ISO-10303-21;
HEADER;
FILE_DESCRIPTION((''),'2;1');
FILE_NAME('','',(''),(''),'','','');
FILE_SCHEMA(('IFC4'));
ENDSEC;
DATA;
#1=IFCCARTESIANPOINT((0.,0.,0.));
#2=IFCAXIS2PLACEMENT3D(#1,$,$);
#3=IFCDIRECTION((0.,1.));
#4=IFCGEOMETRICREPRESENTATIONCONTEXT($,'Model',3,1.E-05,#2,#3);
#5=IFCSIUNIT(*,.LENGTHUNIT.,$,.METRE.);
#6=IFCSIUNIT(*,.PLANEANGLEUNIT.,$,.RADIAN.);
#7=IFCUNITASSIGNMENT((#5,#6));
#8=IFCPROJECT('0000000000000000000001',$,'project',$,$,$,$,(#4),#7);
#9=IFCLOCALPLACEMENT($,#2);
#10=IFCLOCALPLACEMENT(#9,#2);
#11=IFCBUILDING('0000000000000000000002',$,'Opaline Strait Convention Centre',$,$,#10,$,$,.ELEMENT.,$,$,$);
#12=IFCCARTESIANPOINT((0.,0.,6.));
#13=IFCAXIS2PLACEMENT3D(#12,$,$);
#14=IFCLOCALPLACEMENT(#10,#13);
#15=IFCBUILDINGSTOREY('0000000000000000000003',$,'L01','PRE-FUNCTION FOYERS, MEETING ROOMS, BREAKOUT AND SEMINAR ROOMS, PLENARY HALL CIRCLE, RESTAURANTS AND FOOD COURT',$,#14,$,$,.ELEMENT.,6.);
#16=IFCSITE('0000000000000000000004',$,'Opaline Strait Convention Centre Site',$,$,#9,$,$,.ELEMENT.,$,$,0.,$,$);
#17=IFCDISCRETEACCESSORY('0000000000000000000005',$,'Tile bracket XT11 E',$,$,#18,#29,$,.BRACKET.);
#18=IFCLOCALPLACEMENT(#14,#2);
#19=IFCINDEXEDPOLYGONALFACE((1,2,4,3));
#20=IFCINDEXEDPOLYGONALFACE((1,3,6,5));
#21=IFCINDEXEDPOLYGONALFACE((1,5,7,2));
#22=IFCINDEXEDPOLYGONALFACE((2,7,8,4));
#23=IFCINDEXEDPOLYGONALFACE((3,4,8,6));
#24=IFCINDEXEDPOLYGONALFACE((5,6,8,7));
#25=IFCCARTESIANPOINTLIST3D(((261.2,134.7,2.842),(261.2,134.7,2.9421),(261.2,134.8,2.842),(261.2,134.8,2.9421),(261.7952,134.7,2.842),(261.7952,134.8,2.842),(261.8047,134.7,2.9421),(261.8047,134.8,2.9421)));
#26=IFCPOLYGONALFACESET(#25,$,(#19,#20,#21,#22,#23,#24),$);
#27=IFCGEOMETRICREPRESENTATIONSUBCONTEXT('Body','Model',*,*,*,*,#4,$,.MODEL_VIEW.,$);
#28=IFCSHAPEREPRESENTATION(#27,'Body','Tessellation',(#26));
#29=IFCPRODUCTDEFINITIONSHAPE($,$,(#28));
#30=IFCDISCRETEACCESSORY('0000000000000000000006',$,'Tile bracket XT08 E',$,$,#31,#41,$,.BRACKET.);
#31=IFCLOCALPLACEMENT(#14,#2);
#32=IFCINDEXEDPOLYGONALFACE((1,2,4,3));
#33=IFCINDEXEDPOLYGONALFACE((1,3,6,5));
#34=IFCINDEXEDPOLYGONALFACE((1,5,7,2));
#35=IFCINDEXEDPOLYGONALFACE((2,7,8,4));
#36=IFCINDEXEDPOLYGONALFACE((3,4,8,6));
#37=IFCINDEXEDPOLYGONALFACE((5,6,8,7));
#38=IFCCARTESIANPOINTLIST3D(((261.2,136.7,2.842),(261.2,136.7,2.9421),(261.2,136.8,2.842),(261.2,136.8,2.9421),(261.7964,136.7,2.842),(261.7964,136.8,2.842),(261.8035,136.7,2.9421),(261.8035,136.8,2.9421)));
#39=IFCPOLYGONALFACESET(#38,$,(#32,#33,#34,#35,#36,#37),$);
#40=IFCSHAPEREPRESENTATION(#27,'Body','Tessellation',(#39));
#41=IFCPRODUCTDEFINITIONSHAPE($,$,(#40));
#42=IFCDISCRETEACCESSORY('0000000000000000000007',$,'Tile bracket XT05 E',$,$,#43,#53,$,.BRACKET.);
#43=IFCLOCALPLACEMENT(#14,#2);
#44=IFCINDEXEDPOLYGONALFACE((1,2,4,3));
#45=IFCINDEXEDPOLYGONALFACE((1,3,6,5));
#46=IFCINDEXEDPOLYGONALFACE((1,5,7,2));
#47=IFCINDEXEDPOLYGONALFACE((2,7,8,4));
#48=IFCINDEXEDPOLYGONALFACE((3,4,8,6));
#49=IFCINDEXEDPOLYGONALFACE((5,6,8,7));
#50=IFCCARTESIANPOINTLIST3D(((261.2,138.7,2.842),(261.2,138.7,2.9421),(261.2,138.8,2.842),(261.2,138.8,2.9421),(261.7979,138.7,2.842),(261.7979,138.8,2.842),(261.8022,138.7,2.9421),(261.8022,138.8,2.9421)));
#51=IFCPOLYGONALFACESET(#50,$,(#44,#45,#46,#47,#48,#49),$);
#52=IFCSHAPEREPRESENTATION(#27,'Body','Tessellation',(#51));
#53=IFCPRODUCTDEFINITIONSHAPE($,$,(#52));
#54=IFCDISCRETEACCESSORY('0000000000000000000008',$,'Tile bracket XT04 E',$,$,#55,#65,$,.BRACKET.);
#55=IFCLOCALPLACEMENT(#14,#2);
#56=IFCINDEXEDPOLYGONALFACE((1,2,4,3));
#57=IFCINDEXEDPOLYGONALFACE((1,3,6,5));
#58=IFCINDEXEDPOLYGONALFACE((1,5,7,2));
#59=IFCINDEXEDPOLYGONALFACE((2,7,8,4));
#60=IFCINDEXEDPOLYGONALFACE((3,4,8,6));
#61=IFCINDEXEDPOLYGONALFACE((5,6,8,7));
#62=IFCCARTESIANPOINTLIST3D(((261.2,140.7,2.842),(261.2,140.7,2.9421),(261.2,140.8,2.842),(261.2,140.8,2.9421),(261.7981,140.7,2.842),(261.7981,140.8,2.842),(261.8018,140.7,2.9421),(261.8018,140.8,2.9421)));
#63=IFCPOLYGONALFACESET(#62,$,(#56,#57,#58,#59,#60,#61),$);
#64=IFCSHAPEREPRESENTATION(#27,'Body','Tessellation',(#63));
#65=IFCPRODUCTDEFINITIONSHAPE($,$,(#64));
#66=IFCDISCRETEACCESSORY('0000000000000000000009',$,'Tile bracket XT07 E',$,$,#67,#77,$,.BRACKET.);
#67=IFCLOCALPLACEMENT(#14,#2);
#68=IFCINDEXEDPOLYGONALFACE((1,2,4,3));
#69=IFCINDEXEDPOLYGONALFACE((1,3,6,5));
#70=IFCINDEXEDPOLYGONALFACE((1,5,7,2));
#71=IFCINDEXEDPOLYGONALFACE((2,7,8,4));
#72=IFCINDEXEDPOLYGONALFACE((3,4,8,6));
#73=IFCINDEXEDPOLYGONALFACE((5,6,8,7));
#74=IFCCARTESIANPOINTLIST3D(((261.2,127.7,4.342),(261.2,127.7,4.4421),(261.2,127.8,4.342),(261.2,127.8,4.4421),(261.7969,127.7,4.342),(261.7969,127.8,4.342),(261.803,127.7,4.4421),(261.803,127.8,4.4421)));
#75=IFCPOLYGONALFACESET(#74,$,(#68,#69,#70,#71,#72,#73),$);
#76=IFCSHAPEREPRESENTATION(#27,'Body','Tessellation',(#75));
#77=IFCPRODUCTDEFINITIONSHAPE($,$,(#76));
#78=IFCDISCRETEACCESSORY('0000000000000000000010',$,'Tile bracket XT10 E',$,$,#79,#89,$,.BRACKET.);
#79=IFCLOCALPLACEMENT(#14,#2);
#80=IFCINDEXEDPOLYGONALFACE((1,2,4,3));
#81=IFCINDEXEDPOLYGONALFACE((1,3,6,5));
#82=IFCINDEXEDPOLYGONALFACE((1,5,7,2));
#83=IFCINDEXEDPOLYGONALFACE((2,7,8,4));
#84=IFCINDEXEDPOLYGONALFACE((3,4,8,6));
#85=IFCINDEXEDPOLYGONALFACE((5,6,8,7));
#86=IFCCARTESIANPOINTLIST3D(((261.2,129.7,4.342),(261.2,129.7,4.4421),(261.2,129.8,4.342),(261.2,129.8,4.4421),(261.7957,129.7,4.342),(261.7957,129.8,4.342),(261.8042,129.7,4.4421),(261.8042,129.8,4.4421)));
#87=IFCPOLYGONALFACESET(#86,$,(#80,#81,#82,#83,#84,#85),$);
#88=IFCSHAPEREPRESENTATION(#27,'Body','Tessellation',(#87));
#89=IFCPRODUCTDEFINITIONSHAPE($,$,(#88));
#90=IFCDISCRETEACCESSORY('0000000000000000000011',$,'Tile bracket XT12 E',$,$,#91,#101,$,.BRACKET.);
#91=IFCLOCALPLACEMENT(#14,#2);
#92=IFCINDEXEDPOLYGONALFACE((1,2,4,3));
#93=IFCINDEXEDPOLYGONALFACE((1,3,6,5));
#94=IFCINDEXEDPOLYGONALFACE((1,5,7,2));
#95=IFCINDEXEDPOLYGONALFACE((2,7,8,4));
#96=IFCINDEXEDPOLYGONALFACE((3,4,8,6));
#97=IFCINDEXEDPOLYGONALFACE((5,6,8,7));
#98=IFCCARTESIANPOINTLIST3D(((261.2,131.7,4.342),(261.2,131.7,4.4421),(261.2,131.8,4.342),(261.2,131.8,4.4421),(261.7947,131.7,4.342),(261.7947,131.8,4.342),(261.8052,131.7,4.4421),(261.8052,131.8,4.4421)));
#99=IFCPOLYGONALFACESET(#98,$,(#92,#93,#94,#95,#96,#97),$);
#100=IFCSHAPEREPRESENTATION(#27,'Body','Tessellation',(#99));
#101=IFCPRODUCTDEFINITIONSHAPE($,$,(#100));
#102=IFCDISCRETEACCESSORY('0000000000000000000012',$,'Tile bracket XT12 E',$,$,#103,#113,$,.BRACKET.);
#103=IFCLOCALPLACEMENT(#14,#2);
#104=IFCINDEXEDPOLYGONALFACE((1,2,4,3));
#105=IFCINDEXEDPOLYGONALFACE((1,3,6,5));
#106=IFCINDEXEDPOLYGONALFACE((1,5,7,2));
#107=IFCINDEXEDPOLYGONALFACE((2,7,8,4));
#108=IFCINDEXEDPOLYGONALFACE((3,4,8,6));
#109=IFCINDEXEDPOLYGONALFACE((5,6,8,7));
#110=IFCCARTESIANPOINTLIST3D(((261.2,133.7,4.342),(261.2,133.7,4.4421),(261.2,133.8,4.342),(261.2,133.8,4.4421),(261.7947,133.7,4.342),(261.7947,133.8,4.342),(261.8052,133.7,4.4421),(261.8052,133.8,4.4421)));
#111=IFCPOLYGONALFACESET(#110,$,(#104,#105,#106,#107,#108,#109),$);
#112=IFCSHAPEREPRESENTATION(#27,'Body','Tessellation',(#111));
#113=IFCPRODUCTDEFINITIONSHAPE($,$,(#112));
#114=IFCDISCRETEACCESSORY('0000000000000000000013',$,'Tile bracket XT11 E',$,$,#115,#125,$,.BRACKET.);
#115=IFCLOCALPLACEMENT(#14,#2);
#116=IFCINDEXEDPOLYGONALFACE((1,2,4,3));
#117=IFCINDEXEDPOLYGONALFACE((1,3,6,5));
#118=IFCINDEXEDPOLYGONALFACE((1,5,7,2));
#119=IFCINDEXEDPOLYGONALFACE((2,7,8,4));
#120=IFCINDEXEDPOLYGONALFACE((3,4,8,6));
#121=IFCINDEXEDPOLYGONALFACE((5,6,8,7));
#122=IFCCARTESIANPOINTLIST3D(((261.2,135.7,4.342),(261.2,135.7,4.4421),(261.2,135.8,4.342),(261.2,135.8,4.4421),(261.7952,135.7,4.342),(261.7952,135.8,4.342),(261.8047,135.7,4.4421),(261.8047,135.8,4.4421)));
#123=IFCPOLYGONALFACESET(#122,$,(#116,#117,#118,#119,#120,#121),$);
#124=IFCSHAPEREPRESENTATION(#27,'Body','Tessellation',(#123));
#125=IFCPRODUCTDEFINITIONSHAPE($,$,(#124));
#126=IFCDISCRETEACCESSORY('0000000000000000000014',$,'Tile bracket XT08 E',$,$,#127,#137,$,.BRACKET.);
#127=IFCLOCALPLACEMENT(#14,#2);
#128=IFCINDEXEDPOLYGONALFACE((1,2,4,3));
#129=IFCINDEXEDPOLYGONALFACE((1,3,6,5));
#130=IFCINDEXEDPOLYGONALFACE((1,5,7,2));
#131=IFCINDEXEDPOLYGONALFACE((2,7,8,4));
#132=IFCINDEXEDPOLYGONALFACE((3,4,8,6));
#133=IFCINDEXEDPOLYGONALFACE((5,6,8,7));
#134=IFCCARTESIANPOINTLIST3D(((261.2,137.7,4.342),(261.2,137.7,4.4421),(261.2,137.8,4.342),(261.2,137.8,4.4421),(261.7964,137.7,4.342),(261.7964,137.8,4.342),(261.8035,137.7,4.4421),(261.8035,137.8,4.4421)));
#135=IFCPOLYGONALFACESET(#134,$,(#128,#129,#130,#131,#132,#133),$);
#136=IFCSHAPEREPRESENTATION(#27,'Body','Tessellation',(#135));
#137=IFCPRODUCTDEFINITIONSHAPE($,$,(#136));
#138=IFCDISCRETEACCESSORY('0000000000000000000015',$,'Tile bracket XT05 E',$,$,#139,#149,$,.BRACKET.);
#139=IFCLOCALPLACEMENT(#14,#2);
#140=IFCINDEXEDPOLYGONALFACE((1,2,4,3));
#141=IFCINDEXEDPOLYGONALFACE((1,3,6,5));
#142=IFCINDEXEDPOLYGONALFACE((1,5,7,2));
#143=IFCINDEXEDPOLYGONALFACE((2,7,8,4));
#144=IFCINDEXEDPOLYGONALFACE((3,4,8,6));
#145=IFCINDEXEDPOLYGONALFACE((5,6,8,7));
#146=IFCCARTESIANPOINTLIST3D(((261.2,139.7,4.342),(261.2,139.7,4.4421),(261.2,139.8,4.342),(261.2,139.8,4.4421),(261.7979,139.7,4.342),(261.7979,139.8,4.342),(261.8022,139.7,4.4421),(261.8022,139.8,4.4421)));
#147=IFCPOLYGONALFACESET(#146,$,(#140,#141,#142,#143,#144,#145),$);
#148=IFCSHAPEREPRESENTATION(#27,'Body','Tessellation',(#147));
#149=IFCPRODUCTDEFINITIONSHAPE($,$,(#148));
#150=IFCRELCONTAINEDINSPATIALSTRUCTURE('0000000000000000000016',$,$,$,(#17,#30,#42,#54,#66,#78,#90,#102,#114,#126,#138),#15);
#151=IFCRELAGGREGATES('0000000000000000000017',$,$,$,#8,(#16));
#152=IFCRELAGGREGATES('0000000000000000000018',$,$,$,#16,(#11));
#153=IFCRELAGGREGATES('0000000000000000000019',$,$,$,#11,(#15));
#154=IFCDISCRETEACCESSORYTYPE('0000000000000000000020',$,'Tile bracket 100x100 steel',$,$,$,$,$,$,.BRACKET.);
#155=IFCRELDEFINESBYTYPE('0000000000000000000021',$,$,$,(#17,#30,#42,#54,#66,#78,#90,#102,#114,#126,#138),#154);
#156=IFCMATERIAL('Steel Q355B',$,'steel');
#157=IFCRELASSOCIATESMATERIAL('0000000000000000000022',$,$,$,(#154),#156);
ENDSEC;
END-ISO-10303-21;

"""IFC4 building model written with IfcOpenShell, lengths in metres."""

from ifc_helpers import new_model, si_unit, direction, frame, origin, place, context, subcontext, project, spatial, polyline, outline, extrude, material, type_object, element, save


model = new_model("IFC4")

# Units and contexts
model_context = context("Model", 3, precision=1e-05, world=origin(), true_north=direction((0.0, 1.0)))
body_context = subcontext(model_context, "Body", "Model", "MODEL_VIEW")
ifc_project = project(units=[si_unit("LENGTHUNIT", "METRE"), si_unit("PLANEANGLEUNIT", "RADIAN")], contexts=[model_context])

# Site, building, storey
site_placement = place(None, origin())
site = spatial("IfcSite", under=ifc_project, at=site_placement, Name="Opaline Strait Convention Centre Site", CompositionType="ELEMENT", RefElevation=0.0)
building_placement = place(site_placement, origin())
building = spatial("IfcBuilding", under=site, at=building_placement, Name="Opaline Strait Convention Centre", CompositionType="ELEMENT")
storey_placement = place(building_placement, frame((0.0, 0.0, 6.0)))
storey = spatial("IfcBuildingStorey", under=building, at=storey_placement, Name="L01", Description="PRE-FUNCTION FOYERS, MEETING ROOMS, BREAKOUT AND SEMINAR ROOMS, PLENARY HALL CIRCLE, RESTAURANTS AND FOOD COURT", CompositionType="ELEMENT", Elevation=6.0)

# Discrete accessories
ifc_material_1 = material(Name="Steel Q355B", Category="steel")
discrete_accessory_type = type_object("IfcDiscreteAccessoryType", Name="Tile bracket 100x100 steel", PredefinedType="BRACKET", material=ifc_material_1)
discrete_accessory_1_placement = place(storey_placement, frame((261.2, 134.7, 2.8921), z_axis=(0.0, 1.0, 0.0), x_axis=(-1.0, 0.0, 0.0)))
element("IfcDiscreteAccessory", 1, at=discrete_accessory_1_placement, inside=storey, type_object=discrete_accessory_type, Name="Tile bracket XT11 E", PredefinedType="BRACKET", context=body_context, shape_type="SweptSolid", body=[
    extrude(outline(polyline([(0.0, -0.05), (0.0, 0.05), (-0.6047, 0.05), (-0.5952, -0.05), (0.0, -0.05)])), origin(), (0.0, 0.0, 1.0), 0.1001),
])
discrete_accessory_2_placement = place(storey_placement, frame((261.2, 136.7, 2.8921), z_axis=(0.0, 1.0, 0.0), x_axis=(-1.0, 0.0, 0.0)))
element("IfcDiscreteAccessory", 2, at=discrete_accessory_2_placement, inside=storey, type_object=discrete_accessory_type, Name="Tile bracket XT08 E", PredefinedType="BRACKET", context=body_context, shape_type="SweptSolid", body=[
    extrude(outline(polyline([(0.0, -0.05), (0.0, 0.05), (-0.6035, 0.05), (-0.5964, -0.05), (0.0, -0.05)])), origin(), (0.0, 0.0, 1.0), 0.1001),
])
discrete_accessory_3_placement = place(storey_placement, frame((261.2, 138.7, 2.8921), z_axis=(0.0, 1.0, 0.0), x_axis=(-1.0, 0.0, 0.0)))
element("IfcDiscreteAccessory", 3, at=discrete_accessory_3_placement, inside=storey, type_object=discrete_accessory_type, Name="Tile bracket XT05 E", PredefinedType="BRACKET", context=body_context, shape_type="SweptSolid", body=[
    extrude(outline(polyline([(0.0, -0.05), (0.0, 0.05), (-0.6023, 0.05), (-0.5979, -0.05), (0.0, -0.05)])), origin(), (0.0, 0.0, 1.0), 0.1001),
])
discrete_accessory_4_placement = place(storey_placement, frame((261.2, 140.7, 2.8921), z_axis=(0.0, 1.0, 0.0), x_axis=(-1.0, 0.0, 0.0)))
element("IfcDiscreteAccessory", 4, at=discrete_accessory_4_placement, inside=storey, type_object=discrete_accessory_type, Name="Tile bracket XT04 E", PredefinedType="BRACKET", context=body_context, shape_type="SweptSolid", body=[
    extrude(outline(polyline([(0.0, -0.05), (0.0, 0.05), (-0.6018, 0.05), (-0.5981, -0.05), (0.0, -0.05)])), origin(), (0.0, 0.0, 1.0), 0.1001),
])
discrete_accessory_5_placement = place(storey_placement, frame((261.2, 127.7, 4.3921), z_axis=(0.0, 1.0, 0.0), x_axis=(-1.0, 0.0, 0.0)))
element("IfcDiscreteAccessory", 5, at=discrete_accessory_5_placement, inside=storey, type_object=discrete_accessory_type, Name="Tile bracket XT07 E", PredefinedType="BRACKET", context=body_context, shape_type="SweptSolid", body=[
    extrude(outline(polyline([(0.0, -0.05), (0.0, 0.05), (-0.603, 0.05), (-0.5969, -0.05), (0.0, -0.05)])), origin(), (0.0, 0.0, 1.0), 0.1001),
])
discrete_accessory_6_placement = place(storey_placement, frame((261.2, 129.7, 4.3921), z_axis=(0.0, 1.0, 0.0), x_axis=(-1.0, 0.0, 0.0)))
element("IfcDiscreteAccessory", 6, at=discrete_accessory_6_placement, inside=storey, type_object=discrete_accessory_type, Name="Tile bracket XT10 E", PredefinedType="BRACKET", context=body_context, shape_type="SweptSolid", body=[
    extrude(outline(polyline([(0.0, -0.05), (0.0, 0.05), (-0.6042, 0.05), (-0.5957, -0.05), (0.0, -0.05)])), origin(), (0.0, 0.0, 1.0), 0.1001),
])
for number, where, z_axis, x_axis, name in (
    (7, (261.2, 131.7, 4.3921), (0.0, 1.0, 0.0), (-1.0, 0.0, 0.0), "Tile bracket XT12 E"),
    (8, (261.2, 133.7, 4.3921), (0.0, 1.0, 0.0), (-1.0, 0.0, 0.0), "Tile bracket XT12 E"),
):
    element("IfcDiscreteAccessory", number, at=place(storey_placement, frame(where, z_axis=z_axis, x_axis=x_axis)), inside=storey, type_object=discrete_accessory_type, Name=name, PredefinedType="BRACKET", context=body_context, shape_type="SweptSolid", body=[
        extrude(outline(polyline([(0.0, -0.05), (0.0, 0.05), (-0.6052, 0.05), (-0.5947, -0.05), (0.0, -0.05)])), origin(), (0.0, 0.0, 1.0), 0.1001),
    ])
discrete_accessory_7_placement = place(storey_placement, frame((261.2, 135.7, 4.3921), z_axis=(0.0, 1.0, 0.0), x_axis=(-1.0, 0.0, 0.0)))
element("IfcDiscreteAccessory", 9, at=discrete_accessory_7_placement, inside=storey, type_object=discrete_accessory_type, Name="Tile bracket XT11 E", PredefinedType="BRACKET", context=body_context, shape_type="SweptSolid", body=[
    extrude(outline(polyline([(0.0, -0.05), (0.0, 0.05), (-0.6047, 0.05), (-0.5952, -0.05), (0.0, -0.05)])), origin(), (0.0, 0.0, 1.0), 0.1001),
])
discrete_accessory_8_placement = place(storey_placement, frame((261.2, 137.7, 4.3921), z_axis=(0.0, 1.0, 0.0), x_axis=(-1.0, 0.0, 0.0)))
element("IfcDiscreteAccessory", 10, at=discrete_accessory_8_placement, inside=storey, type_object=discrete_accessory_type, Name="Tile bracket XT08 E", PredefinedType="BRACKET", context=body_context, shape_type="SweptSolid", body=[
    extrude(outline(polyline([(0.0, -0.05), (0.0, 0.05), (-0.6035, 0.05), (-0.5964, -0.05), (0.0, -0.05)])), origin(), (0.0, 0.0, 1.0), 0.1001),
])
discrete_accessory_9_placement = place(storey_placement, frame((261.2, 139.7, 4.3921), z_axis=(0.0, 1.0, 0.0), x_axis=(-1.0, 0.0, 0.0)))
element("IfcDiscreteAccessory", 11, at=discrete_accessory_9_placement, inside=storey, type_object=discrete_accessory_type, Name="Tile bracket XT05 E", PredefinedType="BRACKET", context=body_context, shape_type="SweptSolid", body=[
    extrude(outline(polyline([(0.0, -0.05), (0.0, 0.05), (-0.6023, 0.05), (-0.5979, -0.05), (0.0, -0.05)])), origin(), (0.0, 0.0, 1.0), 0.1001),
])

save(model, "model.ifc")
